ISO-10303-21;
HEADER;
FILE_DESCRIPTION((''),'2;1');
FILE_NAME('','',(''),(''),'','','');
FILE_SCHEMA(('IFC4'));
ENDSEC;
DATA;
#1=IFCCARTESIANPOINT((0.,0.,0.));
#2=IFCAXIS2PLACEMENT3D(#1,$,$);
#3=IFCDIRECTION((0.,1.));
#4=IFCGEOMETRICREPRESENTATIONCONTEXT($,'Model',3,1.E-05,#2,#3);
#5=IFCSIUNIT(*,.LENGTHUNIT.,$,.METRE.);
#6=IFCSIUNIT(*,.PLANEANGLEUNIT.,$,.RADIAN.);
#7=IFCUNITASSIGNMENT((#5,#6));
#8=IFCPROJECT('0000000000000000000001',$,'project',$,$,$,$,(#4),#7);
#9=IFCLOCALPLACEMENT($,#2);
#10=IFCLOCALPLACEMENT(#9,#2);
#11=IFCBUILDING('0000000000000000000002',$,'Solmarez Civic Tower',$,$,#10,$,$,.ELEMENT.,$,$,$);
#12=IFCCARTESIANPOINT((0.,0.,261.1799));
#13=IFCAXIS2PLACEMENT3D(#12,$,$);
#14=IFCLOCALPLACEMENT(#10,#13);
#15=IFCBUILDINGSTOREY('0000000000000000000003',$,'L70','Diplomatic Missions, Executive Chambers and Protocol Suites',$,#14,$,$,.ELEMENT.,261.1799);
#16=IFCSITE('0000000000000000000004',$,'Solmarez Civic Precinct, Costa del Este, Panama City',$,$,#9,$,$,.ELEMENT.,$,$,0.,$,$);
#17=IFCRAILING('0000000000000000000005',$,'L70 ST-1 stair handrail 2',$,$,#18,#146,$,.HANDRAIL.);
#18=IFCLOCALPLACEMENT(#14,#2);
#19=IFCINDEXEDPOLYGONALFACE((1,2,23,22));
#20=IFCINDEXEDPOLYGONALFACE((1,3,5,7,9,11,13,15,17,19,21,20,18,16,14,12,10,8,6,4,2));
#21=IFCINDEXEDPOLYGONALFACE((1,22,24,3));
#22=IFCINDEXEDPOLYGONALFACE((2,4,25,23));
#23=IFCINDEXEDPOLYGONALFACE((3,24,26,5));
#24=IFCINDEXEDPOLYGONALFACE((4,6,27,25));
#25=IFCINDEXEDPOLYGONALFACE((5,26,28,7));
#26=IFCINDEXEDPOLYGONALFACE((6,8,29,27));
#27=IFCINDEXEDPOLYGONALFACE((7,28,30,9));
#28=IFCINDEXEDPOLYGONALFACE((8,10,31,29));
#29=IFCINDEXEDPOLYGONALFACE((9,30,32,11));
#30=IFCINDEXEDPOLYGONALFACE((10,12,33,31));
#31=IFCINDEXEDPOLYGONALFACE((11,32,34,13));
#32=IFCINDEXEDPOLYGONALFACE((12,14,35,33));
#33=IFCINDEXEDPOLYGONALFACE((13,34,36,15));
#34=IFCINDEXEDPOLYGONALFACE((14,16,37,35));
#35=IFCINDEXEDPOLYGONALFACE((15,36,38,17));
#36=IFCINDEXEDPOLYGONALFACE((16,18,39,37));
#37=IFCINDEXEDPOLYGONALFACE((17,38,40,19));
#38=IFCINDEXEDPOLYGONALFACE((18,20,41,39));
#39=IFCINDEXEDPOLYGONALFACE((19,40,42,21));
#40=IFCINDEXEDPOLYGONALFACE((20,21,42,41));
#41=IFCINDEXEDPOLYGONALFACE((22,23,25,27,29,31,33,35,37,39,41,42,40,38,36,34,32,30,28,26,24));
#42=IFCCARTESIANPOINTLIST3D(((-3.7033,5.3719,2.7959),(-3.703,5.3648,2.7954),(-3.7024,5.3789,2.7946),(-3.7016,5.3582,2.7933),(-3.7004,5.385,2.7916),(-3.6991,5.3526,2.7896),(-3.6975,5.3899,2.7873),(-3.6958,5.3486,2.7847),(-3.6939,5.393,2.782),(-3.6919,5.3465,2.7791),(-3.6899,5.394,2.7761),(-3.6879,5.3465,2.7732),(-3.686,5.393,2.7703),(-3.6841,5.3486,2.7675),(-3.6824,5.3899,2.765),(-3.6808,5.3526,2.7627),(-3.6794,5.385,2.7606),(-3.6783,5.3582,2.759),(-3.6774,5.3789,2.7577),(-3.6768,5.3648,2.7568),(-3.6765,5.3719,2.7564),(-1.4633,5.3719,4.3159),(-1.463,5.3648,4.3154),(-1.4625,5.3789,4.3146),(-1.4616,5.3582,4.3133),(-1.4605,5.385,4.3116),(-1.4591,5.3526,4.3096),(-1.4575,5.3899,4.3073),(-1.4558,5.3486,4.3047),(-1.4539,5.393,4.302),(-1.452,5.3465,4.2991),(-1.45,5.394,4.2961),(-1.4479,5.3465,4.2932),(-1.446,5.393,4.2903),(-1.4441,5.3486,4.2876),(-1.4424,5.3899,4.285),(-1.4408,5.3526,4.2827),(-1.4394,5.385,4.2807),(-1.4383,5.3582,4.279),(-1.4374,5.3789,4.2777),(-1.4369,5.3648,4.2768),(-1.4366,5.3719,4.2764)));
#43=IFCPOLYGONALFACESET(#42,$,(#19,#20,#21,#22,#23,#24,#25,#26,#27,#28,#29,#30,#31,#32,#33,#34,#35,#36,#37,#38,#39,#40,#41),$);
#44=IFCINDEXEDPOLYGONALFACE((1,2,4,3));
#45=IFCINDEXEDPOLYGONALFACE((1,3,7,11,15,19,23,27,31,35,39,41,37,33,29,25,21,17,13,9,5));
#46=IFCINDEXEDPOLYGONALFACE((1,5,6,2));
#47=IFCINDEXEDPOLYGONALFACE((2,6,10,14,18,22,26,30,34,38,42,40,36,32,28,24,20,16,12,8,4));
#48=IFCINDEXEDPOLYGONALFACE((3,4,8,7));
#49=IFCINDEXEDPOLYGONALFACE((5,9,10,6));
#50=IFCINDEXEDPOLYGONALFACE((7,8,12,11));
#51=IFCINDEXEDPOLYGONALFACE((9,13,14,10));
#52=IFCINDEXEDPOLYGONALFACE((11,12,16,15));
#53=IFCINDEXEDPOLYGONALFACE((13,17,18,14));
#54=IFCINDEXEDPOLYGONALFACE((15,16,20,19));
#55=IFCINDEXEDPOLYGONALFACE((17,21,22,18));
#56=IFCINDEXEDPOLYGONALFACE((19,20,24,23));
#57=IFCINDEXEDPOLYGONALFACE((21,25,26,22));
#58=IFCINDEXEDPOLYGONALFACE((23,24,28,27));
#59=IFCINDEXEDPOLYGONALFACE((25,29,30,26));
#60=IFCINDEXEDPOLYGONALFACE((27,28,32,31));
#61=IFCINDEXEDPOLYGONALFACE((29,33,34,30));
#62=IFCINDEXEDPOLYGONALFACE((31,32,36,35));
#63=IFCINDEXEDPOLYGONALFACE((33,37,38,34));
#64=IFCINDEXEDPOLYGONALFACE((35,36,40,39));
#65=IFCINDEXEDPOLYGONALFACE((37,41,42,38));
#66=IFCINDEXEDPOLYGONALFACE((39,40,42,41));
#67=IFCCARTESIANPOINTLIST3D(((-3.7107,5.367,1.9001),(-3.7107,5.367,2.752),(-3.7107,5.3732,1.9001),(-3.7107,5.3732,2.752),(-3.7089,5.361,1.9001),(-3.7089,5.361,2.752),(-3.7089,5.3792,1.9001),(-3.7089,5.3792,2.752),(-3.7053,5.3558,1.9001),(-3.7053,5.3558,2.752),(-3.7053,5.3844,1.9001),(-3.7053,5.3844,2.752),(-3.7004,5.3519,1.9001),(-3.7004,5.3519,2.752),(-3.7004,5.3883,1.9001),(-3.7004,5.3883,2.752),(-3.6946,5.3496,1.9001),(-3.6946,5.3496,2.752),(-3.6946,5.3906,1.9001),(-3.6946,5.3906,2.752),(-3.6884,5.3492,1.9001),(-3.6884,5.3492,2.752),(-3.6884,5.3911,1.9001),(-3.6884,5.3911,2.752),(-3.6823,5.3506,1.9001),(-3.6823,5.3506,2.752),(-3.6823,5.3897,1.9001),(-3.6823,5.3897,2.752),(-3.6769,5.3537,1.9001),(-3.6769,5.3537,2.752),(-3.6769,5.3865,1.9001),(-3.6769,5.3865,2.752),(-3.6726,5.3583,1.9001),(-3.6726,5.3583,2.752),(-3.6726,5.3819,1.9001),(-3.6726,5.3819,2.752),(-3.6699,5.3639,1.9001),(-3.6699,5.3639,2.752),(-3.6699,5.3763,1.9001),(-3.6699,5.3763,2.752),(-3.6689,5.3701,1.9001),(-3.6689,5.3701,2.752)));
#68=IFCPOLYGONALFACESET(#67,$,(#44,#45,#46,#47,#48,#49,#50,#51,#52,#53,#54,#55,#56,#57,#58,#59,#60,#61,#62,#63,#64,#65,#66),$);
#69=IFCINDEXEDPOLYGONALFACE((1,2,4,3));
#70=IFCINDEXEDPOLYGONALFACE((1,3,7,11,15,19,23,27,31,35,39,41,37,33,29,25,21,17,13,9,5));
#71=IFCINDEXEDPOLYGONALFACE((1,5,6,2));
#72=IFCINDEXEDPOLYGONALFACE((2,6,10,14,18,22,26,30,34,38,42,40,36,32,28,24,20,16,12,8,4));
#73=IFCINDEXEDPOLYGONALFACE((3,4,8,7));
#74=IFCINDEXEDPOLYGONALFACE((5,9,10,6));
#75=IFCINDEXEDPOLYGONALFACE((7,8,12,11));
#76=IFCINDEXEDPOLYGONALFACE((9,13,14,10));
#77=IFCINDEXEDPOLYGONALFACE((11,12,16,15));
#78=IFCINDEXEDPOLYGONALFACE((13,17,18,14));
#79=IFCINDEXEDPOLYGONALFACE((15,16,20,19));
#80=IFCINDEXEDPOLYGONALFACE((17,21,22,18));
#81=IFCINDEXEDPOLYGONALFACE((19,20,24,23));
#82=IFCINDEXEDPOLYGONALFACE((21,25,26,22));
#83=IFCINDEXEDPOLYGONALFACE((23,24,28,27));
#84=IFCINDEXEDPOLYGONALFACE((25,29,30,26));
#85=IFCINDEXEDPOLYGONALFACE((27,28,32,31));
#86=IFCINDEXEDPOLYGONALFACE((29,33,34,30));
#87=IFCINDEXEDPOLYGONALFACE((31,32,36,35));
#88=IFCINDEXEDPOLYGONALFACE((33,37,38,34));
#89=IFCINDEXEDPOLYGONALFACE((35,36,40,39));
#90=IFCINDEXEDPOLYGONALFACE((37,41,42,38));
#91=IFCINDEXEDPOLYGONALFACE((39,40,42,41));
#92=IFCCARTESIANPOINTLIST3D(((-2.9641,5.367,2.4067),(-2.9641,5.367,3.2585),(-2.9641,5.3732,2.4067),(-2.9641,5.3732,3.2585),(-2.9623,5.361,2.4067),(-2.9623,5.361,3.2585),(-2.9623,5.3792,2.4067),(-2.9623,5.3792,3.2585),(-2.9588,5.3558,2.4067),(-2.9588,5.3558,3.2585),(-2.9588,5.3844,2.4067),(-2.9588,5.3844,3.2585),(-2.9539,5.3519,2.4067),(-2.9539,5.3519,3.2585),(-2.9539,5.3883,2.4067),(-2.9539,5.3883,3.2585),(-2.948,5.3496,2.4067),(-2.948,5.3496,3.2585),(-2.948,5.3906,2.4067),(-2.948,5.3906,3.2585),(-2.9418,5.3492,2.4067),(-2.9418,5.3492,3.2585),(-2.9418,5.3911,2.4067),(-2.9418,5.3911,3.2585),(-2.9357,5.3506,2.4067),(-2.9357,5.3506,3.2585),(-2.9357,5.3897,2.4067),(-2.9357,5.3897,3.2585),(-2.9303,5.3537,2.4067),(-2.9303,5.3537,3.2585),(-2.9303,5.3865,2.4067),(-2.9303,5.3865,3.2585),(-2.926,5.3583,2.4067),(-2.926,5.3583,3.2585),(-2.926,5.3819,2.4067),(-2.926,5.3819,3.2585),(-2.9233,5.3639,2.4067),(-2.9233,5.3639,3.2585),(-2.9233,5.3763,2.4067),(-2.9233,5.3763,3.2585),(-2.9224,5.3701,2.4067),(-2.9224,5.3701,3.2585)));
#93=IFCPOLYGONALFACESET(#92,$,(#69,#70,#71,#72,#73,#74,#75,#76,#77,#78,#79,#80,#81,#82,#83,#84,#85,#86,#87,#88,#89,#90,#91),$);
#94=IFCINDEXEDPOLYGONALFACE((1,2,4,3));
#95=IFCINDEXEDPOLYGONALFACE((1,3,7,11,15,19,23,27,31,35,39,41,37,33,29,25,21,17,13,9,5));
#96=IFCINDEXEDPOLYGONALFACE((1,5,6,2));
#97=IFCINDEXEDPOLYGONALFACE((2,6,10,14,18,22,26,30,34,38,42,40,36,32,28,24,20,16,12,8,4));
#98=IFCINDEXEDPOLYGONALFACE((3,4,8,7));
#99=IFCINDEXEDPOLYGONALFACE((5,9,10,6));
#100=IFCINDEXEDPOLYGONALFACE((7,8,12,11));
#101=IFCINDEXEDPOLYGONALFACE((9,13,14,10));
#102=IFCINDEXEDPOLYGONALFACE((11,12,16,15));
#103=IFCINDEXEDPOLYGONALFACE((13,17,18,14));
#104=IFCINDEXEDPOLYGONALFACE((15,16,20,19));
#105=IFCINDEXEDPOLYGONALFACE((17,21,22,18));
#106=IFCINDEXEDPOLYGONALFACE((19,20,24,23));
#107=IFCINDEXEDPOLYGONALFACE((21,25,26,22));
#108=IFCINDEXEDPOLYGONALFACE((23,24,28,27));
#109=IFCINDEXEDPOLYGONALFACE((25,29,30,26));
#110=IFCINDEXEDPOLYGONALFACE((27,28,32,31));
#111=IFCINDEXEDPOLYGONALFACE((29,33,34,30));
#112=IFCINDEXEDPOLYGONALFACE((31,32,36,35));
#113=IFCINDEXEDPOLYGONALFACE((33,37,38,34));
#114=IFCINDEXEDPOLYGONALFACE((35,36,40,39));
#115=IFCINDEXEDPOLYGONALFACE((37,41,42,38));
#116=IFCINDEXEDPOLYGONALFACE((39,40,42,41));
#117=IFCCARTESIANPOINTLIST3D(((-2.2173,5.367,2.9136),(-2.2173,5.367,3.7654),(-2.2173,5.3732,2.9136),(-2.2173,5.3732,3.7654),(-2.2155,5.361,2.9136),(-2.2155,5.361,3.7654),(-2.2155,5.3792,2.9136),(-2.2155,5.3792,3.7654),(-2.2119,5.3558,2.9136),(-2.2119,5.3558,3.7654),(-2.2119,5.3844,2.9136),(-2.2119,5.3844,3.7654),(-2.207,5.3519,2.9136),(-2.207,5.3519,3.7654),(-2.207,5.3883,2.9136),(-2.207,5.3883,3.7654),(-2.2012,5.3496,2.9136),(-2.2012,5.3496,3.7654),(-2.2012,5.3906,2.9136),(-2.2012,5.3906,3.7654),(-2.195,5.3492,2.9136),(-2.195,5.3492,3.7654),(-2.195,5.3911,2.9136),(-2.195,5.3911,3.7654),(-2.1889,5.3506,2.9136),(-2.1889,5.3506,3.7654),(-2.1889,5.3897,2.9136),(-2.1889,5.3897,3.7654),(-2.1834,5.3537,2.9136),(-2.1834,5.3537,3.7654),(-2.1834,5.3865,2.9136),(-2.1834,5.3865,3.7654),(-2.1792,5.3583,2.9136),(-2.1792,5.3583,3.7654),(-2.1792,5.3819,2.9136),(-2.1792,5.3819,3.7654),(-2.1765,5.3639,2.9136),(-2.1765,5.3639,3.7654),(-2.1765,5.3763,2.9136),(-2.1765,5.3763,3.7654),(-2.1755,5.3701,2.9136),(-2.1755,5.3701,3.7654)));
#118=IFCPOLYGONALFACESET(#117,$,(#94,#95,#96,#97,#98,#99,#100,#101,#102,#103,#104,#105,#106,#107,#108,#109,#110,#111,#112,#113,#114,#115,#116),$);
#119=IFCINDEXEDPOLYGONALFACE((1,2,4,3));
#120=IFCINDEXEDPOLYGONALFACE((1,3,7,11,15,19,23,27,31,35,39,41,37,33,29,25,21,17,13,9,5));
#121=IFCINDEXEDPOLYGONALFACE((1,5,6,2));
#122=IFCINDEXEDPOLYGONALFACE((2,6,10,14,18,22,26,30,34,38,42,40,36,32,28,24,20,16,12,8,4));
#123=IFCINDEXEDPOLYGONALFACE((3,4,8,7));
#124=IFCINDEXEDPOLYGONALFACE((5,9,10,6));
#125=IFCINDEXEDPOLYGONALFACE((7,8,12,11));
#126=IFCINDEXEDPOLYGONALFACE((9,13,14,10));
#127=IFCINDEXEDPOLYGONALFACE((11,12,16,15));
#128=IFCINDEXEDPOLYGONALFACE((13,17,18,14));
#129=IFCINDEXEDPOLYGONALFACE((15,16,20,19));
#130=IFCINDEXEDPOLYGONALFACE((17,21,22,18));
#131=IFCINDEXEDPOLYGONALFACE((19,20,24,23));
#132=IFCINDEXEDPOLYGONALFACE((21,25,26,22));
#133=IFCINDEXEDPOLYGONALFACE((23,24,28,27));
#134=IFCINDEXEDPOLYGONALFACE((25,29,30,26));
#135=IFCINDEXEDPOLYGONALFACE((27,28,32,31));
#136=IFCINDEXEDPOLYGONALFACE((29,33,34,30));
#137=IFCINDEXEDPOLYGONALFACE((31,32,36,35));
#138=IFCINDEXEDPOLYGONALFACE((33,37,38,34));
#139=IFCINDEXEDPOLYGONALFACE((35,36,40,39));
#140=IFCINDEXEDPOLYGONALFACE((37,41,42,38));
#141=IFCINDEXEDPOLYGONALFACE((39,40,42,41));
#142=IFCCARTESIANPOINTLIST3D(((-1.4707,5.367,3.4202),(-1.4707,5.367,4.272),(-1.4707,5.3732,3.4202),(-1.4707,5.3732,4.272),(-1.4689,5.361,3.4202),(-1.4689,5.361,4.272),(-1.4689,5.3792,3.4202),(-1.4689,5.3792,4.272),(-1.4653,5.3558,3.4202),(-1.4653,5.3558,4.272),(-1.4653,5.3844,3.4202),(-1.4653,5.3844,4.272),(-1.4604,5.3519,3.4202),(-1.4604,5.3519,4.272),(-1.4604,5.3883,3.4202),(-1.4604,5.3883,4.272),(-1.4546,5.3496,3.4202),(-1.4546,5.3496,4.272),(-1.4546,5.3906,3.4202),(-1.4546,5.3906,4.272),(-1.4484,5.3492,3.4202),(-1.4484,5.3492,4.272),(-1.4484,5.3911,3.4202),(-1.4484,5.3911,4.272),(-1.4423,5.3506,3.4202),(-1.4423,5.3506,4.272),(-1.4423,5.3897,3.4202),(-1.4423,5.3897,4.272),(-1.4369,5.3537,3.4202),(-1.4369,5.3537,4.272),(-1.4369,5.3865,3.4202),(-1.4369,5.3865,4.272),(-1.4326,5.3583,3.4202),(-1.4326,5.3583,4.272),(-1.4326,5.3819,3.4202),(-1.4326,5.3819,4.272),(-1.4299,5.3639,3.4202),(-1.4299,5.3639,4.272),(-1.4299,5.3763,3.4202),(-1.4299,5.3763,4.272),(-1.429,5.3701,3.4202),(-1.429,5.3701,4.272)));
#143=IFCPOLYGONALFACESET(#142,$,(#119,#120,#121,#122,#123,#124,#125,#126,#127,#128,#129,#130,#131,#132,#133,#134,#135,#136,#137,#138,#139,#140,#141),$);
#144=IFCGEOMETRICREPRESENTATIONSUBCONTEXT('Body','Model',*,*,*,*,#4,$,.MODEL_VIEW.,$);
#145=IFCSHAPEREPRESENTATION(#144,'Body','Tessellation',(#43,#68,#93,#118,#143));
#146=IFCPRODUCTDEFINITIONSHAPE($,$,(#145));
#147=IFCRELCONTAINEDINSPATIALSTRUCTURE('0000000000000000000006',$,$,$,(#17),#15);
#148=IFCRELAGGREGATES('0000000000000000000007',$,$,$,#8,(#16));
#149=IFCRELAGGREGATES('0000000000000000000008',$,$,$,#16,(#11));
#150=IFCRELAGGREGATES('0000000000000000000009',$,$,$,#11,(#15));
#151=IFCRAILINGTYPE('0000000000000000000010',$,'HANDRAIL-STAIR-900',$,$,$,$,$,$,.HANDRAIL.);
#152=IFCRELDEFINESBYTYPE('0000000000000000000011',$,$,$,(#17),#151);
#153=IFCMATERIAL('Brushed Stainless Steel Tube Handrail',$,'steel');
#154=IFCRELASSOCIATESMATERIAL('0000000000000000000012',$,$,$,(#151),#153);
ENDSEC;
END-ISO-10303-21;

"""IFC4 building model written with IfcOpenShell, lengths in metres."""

from ifc_helpers import new_model, si_unit, direction, frame, origin, origin_2d, place, context, subcontext, project, spatial, circle, extrude, material, type_object, element, save


model = new_model("IFC4")

# Units and contexts
model_context = context("Model", 3, precision=1e-05, world=origin(), true_north=direction((0.0, 1.0)))
body_context = subcontext(model_context, "Body", "Model", "MODEL_VIEW")
ifc_project = project(units=[si_unit("LENGTHUNIT", "METRE"), si_unit("PLANEANGLEUNIT", "RADIAN")], contexts=[model_context])

# Site, building, storey
site_placement = place(None, origin())
site = spatial("IfcSite", under=ifc_project, at=site_placement, Name="Solmarez Civic Precinct, Costa del Este, Panama City", CompositionType="ELEMENT", RefElevation=0.0)
building_placement = place(site_placement, origin())
building = spatial("IfcBuilding", under=site, at=building_placement, Name="Solmarez Civic Tower", CompositionType="ELEMENT")
storey_placement = place(building_placement, frame((0.0, 0.0, 261.1799)))
storey = spatial("IfcBuildingStorey", under=building, at=storey_placement, Name="L70", Description="Diplomatic Missions, Executive Chambers and Protocol Suites", CompositionType="ELEMENT", Elevation=261.1799)

# Railing
ifc_material_1 = material(Name="Brushed Stainless Steel Tube Handrail", Category="steel")
railing_type_1 = type_object("IfcRailingType", Name="HANDRAIL-STAIR-900", PredefinedType="HANDRAIL", material=ifc_material_1)
railing_1_placement = place(storey_placement, frame((-3.6899, 5.3701, 1.9001)))
element("IfcRailing", 1, at=railing_1_placement, inside=storey, type_object=railing_type_1, Name="L70 ST-1 stair handrail 2", PredefinedType="HANDRAIL", context=body_context, shape_type="SweptSolid", body=[
    extrude(circle(Radius=0.0239, at=origin_2d()), frame((0.0, 0.0, 0.876), z_axis=(0.827471, 0.0, 0.561508), x_axis=(0.0, 1.0, 0.0)), (0.0, 0.0, 1.0), 2.707),
    extrude(circle(Radius=0.021, at=origin_2d()), origin(), (0.0, 0.0, 1.0), 0.8518),
    extrude(circle(Radius=0.021, at=origin_2d()), frame((0.7466, 0.0, 0.5066)), (0.0, 0.0, 1.0), 0.8518),
    extrude(circle(Radius=0.021, at=origin_2d()), frame((1.4934, 0.0, 1.0134)), (0.0, 0.0, 1.0), 0.8518),
    extrude(circle(Radius=0.021, at=origin_2d()), frame((2.24, 0.0, 1.52)), (0.0, 0.0, 1.0), 0.8518),
])

save(model, "model.ifc")
